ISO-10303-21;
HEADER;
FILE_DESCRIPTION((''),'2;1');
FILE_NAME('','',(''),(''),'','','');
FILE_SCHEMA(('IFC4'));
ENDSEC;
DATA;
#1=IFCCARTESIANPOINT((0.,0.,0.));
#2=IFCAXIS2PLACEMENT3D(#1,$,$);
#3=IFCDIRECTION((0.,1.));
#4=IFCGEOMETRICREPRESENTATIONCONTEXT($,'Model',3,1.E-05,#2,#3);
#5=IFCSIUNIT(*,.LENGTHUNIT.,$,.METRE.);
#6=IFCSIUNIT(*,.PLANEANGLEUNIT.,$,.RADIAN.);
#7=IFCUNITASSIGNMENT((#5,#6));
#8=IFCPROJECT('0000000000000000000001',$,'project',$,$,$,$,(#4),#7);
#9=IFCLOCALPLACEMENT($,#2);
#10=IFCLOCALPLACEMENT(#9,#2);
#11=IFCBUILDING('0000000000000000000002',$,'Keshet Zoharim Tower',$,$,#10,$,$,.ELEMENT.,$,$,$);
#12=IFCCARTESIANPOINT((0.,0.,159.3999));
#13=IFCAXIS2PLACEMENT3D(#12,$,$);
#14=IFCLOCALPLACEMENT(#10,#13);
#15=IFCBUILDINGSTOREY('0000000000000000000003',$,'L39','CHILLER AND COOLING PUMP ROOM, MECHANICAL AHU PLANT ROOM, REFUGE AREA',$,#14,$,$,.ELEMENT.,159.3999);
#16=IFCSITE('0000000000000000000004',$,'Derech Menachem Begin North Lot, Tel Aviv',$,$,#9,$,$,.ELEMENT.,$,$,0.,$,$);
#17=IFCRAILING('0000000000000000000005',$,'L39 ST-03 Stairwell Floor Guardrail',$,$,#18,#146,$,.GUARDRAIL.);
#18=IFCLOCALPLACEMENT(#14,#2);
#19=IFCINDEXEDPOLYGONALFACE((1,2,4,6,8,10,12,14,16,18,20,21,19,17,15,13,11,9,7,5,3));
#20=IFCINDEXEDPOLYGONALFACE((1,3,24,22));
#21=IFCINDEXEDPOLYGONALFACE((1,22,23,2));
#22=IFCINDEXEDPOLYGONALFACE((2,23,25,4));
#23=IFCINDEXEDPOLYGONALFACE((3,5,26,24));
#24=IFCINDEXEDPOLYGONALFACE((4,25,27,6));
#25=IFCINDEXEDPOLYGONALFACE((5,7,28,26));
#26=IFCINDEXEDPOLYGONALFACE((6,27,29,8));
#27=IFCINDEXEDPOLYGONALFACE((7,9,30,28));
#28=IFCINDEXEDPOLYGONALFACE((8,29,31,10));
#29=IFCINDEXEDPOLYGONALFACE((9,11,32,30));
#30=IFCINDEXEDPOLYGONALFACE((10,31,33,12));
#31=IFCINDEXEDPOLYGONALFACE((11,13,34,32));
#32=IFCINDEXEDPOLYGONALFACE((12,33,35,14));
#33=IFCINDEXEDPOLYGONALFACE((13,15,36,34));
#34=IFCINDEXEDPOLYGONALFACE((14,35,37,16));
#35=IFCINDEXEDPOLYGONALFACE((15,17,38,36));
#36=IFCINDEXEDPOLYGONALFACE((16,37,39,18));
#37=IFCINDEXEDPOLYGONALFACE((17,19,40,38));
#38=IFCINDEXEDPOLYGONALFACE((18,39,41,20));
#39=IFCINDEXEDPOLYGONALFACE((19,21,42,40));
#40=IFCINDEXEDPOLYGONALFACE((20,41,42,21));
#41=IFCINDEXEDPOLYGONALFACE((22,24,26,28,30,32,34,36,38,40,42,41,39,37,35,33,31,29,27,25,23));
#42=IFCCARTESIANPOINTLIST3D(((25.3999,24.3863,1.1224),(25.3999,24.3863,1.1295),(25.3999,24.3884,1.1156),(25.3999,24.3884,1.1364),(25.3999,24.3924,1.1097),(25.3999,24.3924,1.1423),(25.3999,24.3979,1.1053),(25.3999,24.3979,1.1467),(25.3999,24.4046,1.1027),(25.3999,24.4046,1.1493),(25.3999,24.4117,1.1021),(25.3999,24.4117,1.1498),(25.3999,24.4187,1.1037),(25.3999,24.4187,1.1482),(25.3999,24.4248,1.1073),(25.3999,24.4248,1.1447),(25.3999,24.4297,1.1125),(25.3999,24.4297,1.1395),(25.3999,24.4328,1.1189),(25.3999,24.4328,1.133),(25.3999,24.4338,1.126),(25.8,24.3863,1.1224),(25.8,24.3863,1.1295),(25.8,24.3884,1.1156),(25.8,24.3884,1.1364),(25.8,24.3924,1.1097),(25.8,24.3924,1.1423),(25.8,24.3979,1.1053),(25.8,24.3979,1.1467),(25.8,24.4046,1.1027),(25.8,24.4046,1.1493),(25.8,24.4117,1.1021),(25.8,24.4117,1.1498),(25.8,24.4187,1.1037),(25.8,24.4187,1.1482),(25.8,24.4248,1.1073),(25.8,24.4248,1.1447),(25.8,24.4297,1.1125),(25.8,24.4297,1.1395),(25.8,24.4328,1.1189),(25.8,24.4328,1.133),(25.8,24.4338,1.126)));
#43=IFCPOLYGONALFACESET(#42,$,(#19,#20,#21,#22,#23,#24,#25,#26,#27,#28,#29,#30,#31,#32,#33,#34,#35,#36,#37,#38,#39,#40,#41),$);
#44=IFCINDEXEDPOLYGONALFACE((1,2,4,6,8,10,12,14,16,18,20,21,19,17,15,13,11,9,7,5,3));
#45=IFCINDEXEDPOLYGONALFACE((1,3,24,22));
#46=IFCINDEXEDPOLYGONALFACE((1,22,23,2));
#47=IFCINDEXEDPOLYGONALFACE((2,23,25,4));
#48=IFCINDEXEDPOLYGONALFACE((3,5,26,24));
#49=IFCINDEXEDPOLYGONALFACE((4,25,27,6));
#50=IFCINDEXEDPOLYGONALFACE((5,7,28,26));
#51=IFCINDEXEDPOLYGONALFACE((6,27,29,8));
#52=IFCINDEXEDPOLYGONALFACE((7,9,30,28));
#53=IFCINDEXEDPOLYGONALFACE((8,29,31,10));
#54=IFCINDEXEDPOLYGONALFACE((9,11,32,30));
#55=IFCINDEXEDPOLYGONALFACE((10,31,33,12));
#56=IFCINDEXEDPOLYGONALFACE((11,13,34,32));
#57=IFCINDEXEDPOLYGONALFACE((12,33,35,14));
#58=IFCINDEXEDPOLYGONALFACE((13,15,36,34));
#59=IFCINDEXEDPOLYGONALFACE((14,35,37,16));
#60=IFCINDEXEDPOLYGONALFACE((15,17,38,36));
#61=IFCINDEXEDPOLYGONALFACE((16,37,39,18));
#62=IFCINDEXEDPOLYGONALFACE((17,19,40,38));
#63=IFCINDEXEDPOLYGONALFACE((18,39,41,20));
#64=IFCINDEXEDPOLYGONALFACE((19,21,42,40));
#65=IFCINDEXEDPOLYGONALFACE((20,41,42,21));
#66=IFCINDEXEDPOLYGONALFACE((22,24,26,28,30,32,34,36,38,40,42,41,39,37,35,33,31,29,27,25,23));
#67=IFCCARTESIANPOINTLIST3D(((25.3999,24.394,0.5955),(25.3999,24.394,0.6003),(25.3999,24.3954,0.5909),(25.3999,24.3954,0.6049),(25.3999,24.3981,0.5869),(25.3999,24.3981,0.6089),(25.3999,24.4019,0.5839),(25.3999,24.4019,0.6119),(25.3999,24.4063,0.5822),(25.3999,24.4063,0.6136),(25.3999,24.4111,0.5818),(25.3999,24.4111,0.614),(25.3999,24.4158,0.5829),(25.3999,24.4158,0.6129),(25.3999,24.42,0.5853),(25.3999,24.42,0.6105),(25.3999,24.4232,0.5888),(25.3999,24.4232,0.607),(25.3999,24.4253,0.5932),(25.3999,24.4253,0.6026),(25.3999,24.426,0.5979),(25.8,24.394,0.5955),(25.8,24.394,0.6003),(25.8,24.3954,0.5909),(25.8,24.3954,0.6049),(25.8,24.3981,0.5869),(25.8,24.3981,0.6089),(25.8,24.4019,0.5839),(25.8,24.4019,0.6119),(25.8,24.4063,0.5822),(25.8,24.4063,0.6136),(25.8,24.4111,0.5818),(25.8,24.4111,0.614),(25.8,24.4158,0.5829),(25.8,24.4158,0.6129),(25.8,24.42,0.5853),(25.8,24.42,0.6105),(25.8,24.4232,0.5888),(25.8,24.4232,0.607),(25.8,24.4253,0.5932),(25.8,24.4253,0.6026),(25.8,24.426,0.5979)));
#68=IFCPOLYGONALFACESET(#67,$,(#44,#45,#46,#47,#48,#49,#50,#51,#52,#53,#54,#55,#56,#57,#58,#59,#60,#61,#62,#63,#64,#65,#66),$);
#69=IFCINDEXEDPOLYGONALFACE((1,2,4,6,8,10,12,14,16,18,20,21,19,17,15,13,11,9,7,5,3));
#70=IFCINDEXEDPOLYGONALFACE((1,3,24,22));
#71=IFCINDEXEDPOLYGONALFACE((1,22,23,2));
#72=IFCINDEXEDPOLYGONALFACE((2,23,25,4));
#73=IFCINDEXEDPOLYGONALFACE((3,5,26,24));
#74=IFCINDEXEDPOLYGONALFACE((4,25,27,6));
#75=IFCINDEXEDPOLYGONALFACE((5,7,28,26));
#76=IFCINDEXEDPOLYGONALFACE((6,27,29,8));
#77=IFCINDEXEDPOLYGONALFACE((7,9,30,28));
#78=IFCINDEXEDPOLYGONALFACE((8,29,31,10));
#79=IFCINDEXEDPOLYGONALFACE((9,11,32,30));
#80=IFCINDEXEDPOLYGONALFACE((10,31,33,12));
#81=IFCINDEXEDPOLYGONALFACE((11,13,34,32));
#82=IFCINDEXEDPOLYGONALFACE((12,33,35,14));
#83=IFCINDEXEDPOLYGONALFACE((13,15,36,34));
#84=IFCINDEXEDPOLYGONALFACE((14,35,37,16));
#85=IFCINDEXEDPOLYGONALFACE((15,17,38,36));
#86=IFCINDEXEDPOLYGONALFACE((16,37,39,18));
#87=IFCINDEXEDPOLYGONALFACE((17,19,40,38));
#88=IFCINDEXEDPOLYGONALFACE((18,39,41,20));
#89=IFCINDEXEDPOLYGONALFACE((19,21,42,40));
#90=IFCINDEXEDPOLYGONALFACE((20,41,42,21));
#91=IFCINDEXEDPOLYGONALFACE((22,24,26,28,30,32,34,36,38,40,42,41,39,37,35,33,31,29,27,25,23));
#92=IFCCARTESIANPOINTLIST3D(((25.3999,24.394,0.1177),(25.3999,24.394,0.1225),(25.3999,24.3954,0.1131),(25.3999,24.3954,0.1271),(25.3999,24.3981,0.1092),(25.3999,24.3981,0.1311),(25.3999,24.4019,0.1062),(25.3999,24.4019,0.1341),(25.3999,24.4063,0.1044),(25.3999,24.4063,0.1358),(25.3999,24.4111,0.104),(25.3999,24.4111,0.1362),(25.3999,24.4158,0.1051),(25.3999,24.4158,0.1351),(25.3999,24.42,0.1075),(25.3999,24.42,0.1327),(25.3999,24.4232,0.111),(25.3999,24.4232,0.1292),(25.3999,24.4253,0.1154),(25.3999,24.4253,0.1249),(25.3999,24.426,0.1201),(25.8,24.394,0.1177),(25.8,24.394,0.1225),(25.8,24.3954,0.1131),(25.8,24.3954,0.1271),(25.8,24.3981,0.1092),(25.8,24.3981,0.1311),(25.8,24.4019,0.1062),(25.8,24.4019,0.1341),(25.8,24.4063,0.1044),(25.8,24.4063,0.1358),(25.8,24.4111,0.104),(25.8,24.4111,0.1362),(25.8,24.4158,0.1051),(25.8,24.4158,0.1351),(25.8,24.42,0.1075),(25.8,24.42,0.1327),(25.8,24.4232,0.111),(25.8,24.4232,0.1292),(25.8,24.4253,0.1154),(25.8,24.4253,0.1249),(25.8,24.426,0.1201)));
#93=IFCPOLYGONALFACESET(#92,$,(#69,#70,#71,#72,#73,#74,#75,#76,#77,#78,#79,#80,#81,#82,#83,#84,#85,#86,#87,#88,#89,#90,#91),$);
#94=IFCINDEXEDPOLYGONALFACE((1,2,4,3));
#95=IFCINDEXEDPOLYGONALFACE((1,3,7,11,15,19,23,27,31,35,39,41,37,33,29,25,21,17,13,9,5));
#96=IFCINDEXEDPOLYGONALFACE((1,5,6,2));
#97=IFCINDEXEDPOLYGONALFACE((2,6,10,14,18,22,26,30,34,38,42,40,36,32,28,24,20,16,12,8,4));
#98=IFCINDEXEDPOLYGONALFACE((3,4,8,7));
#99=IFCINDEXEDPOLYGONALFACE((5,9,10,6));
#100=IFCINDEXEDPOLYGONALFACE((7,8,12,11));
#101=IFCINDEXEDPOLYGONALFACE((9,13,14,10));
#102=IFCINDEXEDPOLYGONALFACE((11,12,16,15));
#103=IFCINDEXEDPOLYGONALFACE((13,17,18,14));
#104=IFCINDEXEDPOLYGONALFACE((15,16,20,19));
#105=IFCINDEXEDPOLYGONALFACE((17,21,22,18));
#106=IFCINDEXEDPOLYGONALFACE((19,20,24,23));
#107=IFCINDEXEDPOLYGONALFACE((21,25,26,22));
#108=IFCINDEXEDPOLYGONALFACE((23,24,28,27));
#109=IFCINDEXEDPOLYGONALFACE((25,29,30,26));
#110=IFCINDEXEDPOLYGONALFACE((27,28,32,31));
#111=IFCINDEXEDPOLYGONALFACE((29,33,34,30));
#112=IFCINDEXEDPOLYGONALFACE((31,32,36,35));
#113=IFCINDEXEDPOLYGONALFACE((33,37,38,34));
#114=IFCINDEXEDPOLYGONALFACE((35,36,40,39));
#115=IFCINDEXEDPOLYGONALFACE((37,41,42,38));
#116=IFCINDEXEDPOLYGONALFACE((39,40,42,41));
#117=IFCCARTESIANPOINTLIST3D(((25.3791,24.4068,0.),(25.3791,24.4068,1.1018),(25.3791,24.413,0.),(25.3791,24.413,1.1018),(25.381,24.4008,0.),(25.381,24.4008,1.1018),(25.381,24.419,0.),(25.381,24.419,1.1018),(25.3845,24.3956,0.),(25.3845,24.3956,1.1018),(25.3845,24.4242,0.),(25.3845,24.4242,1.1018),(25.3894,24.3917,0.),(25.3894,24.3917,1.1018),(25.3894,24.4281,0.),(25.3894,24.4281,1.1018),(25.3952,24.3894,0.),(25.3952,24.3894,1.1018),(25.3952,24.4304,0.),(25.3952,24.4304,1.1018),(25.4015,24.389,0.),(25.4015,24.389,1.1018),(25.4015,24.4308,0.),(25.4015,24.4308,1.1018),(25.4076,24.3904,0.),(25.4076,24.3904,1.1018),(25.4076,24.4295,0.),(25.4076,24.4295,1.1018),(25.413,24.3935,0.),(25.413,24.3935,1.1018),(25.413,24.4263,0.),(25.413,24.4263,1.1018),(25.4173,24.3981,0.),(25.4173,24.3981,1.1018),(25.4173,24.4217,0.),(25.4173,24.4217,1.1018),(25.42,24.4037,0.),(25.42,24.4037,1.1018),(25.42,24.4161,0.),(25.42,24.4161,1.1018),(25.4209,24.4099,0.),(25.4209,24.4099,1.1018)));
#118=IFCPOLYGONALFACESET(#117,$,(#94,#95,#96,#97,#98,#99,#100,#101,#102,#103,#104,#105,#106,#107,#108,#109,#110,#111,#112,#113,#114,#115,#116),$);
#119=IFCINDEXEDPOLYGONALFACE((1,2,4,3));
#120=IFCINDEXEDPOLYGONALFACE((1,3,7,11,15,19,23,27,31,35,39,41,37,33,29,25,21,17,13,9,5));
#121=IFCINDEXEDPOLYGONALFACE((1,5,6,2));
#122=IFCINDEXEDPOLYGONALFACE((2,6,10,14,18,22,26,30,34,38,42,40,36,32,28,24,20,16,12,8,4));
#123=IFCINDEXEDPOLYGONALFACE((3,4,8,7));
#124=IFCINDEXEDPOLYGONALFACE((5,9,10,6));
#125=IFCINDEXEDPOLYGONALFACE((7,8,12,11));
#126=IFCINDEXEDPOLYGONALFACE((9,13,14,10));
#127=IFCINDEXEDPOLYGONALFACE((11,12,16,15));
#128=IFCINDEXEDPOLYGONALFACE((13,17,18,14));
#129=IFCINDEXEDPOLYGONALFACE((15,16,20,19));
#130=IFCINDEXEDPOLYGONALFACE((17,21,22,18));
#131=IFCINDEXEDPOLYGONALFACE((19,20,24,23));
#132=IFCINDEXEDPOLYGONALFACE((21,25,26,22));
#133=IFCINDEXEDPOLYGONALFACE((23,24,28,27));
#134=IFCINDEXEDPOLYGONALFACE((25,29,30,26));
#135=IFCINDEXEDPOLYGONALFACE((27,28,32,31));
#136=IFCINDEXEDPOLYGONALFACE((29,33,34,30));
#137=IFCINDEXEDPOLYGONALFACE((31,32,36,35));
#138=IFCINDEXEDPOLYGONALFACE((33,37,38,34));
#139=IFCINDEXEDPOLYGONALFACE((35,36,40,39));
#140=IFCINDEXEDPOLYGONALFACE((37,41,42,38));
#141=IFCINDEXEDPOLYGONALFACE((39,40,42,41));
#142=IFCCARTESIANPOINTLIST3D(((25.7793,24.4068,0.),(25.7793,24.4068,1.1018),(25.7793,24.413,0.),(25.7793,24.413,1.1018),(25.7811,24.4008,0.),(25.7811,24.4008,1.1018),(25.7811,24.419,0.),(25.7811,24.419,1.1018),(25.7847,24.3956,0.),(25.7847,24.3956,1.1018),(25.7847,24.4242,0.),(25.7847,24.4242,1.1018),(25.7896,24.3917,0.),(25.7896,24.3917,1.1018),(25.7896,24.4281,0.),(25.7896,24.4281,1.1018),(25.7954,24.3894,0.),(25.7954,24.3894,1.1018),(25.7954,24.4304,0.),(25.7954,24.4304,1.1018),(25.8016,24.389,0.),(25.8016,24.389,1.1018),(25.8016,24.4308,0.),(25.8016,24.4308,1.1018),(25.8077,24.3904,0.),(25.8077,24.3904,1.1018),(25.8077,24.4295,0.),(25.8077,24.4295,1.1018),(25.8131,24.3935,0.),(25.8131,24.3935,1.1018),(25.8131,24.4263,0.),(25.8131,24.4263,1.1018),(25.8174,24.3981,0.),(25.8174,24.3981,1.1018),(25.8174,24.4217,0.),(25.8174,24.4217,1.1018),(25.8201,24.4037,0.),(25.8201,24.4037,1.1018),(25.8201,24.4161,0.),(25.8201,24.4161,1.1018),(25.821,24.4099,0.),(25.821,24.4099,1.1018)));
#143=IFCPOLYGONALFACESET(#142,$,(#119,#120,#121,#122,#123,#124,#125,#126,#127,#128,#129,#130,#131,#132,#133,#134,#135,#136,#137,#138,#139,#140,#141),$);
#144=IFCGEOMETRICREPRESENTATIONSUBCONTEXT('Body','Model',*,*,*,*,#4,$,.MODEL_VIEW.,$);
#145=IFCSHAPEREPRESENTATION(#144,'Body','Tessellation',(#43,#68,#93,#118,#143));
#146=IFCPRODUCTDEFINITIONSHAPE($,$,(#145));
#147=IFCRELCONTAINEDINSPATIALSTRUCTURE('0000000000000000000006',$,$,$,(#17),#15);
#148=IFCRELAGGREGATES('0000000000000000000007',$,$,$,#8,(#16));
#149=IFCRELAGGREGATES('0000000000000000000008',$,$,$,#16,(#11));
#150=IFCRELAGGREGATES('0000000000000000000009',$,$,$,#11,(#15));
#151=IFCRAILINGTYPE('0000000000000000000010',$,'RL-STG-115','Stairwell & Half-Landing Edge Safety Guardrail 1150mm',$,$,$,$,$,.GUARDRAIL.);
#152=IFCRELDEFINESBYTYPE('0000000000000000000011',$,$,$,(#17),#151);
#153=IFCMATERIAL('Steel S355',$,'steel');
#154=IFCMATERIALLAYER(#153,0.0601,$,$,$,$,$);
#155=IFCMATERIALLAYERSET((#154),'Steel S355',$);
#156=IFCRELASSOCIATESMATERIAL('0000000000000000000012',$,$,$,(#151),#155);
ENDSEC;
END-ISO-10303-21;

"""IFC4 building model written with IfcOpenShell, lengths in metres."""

from ifc_helpers import new_model, si_unit, direction, frame, origin, origin_2d, place, context, subcontext, project, spatial, circle, extrude, material, layer, layer_set, type_object, element, save


model = new_model("IFC4")

# Units and contexts
model_context = context("Model", 3, precision=1e-05, world=origin(), true_north=direction((0.0, 1.0)))
body_context = subcontext(model_context, "Body", "Model", "MODEL_VIEW")
ifc_project = project(units=[si_unit("LENGTHUNIT", "METRE"), si_unit("PLANEANGLEUNIT", "RADIAN")], contexts=[model_context])

# Site, building, storey
site_placement = place(None, origin())
site = spatial("IfcSite", under=ifc_project, at=site_placement, Name="Derech Menachem Begin North Lot, Tel Aviv", CompositionType="ELEMENT", RefElevation=0.0)
building_placement = place(site_placement, origin())
building = spatial("IfcBuilding", under=site, at=building_placement, Name="Keshet Zoharim Tower", CompositionType="ELEMENT")
storey_placement = place(building_placement, frame((0.0, 0.0, 159.3999)))
storey = spatial("IfcBuildingStorey", under=building, at=storey_placement, Name="L39", Description="CHILLER AND COOLING PUMP ROOM, MECHANICAL AHU PLANT ROOM, REFUGE AREA", CompositionType="ELEMENT", Elevation=159.3999)

# Shared definitions
ifc_material_1 = material(Name="Steel S355", Category="steel")

# Railing
ifc_layer_1 = layer(ifc_material_1, 0.0601)
ifc_layer_set_1 = layer_set([ifc_layer_1], Name="Steel S355")
railing_type_1 = type_object("IfcRailingType", Name="RL-STG-115", Description="Stairwell & Half-Landing Edge Safety Guardrail 1150mm", PredefinedType="GUARDRAIL", material=ifc_layer_set_1)
railing_1_placement = place(storey_placement, frame((25.3999, 24.4099, 0.0)))
element("IfcRailing", 1, at=railing_1_placement, inside=storey, type_object=railing_type_1, Name="L39 ST-03 Stairwell Floor Guardrail", PredefinedType="GUARDRAIL", context=body_context, shape_type="SweptSolid", body=[
    extrude(circle(Radius=0.0239, at=origin_2d()), frame((0.0, 0.0, 1.126), z_axis=(1.0, 0.0, 0.0), x_axis=(0.0, 1.0, 0.0)), (0.0, 0.0, 1.0), 0.4001),
    extrude(circle(Radius=0.0161, at=origin_2d()), frame((0.0, 0.0, 0.5979), z_axis=(1.0, 0.0, 0.0), x_axis=(0.0, 1.0, 0.0)), (0.0, 0.0, 1.0), 0.4001),
    extrude(circle(Radius=0.0161, at=origin_2d()), frame((0.0, 0.0, 0.1201), z_axis=(1.0, 0.0, 0.0), x_axis=(0.0, 1.0, 0.0)), (0.0, 0.0, 1.0), 0.4001),
    extrude(circle(Radius=0.021, at=origin_2d()), origin(), (0.0, 0.0, 1.0), 1.1018),
    extrude(circle(Radius=0.021, at=origin_2d()), frame((0.4001, 0.0, 0.0)), (0.0, 0.0, 1.0), 1.1018),
])

save(model, "model.ifc")
